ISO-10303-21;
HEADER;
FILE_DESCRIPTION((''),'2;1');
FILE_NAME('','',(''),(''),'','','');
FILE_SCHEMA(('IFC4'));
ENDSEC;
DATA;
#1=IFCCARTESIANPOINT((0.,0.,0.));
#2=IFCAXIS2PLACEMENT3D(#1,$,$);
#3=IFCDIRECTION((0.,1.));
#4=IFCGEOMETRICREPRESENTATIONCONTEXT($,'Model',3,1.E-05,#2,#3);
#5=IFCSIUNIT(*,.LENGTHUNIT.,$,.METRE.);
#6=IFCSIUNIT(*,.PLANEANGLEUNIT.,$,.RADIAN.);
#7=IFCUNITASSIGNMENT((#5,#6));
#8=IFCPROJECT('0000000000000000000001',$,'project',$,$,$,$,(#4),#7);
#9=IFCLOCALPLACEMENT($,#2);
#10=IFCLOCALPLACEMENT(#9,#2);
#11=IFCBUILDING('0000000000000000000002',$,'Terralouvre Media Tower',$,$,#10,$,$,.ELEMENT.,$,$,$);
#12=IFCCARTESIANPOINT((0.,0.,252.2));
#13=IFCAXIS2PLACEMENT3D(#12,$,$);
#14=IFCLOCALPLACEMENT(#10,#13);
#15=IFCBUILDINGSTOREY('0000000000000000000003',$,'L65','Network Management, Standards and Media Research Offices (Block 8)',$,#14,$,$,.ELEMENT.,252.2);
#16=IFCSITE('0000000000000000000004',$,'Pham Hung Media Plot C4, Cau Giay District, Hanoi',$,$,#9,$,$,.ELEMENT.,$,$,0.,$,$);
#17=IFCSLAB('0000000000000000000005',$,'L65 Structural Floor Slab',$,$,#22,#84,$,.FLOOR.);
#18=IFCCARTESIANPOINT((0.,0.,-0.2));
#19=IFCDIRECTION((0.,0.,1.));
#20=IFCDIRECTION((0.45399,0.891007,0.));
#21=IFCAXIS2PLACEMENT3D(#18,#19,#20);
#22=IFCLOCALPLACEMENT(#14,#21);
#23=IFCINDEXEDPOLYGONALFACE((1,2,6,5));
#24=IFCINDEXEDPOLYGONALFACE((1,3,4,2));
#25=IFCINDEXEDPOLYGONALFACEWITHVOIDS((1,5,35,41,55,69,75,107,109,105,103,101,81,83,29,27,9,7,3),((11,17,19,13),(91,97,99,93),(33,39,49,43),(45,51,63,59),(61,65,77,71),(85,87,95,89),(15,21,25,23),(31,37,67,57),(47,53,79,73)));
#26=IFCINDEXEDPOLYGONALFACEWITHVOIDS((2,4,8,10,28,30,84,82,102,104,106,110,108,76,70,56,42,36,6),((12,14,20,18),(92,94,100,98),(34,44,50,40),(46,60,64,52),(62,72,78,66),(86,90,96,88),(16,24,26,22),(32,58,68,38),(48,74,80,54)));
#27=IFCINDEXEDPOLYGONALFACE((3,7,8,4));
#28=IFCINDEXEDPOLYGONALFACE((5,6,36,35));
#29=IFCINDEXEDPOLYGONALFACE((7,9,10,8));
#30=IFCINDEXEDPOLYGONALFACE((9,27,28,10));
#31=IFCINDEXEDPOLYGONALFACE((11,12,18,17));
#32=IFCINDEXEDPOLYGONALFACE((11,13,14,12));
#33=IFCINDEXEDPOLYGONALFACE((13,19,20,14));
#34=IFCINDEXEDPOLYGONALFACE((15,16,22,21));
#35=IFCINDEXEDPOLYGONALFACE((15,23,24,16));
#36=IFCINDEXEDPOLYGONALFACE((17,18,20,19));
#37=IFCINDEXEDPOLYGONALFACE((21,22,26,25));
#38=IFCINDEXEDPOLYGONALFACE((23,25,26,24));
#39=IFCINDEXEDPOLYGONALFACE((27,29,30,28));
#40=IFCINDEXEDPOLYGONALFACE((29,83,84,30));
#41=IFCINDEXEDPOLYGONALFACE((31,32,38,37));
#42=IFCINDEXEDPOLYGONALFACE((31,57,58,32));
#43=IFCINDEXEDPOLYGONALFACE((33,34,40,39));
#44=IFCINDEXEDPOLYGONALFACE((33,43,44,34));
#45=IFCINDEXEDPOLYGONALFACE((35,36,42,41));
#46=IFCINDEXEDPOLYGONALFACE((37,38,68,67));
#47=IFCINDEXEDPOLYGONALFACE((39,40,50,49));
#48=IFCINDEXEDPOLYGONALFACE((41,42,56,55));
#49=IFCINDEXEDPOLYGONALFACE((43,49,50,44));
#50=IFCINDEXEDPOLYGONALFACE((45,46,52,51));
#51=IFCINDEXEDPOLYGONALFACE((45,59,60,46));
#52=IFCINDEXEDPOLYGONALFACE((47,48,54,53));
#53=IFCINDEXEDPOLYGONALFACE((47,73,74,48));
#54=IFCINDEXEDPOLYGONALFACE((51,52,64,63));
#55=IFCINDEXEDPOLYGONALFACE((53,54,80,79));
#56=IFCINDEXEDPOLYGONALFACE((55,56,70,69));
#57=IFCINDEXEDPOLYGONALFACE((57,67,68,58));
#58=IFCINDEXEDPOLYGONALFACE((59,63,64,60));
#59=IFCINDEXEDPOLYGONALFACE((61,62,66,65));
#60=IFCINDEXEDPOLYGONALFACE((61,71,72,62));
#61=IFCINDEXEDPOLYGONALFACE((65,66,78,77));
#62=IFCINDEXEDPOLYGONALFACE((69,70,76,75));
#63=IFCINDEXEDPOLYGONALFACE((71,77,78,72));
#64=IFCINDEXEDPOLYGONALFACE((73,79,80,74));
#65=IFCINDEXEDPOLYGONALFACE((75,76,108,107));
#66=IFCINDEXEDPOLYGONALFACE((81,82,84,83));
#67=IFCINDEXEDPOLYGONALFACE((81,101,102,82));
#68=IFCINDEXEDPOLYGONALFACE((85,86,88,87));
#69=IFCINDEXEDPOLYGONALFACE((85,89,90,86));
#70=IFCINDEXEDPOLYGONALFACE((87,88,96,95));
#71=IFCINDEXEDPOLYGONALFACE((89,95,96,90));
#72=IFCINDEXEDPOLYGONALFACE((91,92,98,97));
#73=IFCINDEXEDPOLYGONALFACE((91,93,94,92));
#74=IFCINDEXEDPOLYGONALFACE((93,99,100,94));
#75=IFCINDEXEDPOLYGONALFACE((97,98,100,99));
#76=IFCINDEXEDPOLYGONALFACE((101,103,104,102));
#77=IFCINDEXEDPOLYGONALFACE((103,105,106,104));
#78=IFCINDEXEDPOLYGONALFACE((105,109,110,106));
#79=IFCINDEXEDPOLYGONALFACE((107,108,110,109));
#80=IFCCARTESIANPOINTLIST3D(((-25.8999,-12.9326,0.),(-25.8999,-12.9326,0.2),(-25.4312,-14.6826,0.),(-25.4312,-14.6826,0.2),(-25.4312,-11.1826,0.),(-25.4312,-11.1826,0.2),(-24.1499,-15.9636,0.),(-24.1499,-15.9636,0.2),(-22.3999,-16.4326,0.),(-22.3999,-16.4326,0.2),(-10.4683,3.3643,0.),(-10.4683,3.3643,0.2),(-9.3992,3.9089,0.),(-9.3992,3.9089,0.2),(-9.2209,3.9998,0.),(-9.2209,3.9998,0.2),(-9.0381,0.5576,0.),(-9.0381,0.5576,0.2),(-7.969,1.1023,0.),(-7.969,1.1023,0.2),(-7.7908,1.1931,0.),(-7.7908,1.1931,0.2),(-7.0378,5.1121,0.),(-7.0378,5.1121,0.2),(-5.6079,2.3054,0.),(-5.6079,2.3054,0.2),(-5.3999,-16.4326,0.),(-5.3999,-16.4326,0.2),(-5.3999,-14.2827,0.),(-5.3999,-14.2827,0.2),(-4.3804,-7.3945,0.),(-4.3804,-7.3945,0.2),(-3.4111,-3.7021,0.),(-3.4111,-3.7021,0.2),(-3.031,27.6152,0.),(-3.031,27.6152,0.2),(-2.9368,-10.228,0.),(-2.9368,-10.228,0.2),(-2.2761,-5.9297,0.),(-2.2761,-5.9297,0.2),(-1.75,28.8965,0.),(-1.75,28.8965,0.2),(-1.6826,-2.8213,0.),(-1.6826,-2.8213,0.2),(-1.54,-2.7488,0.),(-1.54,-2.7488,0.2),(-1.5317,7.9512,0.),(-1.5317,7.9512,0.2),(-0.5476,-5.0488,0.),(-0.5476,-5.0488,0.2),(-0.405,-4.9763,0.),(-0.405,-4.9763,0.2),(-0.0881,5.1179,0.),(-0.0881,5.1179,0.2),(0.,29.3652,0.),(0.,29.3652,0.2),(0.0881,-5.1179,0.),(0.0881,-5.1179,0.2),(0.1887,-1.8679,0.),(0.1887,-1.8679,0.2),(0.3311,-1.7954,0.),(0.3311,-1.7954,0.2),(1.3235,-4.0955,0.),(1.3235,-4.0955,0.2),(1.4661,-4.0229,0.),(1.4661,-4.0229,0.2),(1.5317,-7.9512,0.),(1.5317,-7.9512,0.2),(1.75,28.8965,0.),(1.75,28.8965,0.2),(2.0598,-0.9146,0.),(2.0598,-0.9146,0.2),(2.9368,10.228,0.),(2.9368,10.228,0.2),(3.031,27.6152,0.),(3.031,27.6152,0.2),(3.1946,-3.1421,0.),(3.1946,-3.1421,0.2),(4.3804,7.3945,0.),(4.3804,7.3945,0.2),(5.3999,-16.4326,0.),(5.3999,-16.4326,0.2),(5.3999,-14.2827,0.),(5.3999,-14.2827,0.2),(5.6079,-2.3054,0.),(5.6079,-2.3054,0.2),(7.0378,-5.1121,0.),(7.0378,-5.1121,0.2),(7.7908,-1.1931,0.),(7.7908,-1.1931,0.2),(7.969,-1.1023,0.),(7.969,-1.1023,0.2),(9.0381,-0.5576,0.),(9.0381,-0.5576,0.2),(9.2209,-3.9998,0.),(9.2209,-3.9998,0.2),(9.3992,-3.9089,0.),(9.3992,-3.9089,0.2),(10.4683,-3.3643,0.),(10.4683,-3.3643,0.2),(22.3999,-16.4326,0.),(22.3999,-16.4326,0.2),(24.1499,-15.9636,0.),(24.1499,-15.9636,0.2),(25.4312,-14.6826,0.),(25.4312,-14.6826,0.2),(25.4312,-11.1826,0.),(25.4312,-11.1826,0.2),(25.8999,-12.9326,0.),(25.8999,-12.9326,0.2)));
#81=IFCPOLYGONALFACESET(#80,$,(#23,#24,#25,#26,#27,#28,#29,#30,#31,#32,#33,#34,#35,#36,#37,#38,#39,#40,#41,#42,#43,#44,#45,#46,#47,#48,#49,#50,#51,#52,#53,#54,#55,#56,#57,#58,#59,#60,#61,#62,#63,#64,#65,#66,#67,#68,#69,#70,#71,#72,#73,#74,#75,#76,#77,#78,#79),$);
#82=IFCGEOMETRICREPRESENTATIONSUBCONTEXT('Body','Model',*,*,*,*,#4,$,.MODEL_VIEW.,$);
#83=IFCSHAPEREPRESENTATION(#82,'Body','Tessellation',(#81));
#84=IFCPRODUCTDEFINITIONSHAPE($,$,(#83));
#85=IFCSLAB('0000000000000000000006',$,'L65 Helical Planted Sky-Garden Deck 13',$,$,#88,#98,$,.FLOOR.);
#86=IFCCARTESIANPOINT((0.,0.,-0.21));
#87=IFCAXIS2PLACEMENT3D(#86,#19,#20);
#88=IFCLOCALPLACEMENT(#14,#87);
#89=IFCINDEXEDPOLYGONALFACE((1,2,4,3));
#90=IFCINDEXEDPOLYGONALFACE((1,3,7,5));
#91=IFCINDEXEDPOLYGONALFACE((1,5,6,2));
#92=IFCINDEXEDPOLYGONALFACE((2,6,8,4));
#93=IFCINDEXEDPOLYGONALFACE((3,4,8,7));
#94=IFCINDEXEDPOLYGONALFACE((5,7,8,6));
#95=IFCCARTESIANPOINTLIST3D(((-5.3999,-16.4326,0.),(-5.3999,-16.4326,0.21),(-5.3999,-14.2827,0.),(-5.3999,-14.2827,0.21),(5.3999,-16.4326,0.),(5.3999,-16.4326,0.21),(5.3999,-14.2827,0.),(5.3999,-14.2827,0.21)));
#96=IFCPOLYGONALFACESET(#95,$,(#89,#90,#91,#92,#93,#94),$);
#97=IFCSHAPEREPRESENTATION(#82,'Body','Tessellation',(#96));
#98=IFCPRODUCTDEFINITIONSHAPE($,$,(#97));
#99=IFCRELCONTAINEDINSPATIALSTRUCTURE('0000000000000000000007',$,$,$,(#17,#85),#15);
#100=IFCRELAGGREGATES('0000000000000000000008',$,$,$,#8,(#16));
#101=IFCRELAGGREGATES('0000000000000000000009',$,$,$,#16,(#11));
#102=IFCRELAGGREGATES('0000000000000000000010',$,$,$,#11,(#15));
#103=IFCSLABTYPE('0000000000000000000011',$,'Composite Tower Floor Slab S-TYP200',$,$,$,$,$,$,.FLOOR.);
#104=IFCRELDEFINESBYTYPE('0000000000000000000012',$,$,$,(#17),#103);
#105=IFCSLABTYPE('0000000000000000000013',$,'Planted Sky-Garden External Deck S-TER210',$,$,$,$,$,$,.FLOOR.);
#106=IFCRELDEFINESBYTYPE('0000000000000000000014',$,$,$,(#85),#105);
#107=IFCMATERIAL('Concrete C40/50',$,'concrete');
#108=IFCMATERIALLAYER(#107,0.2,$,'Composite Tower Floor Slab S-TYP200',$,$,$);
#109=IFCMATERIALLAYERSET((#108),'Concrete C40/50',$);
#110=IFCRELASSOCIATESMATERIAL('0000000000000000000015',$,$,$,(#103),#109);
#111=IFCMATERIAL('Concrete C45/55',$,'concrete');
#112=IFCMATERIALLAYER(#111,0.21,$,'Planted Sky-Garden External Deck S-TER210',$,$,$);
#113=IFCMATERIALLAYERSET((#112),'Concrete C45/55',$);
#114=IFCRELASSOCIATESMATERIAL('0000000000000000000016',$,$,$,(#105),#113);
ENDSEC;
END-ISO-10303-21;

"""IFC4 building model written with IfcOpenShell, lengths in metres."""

from ifc_helpers import new_model, si_unit, direction, frame, origin, place, context, subcontext, project, spatial, polyline, outline, extrude, material, layer, layer_set, type_object, element, save


model = new_model("IFC4")

# Units and contexts
model_context = context("Model", 3, precision=1e-05, world=origin(), true_north=direction((0.0, 1.0)))
body_context = subcontext(model_context, "Body", "Model", "MODEL_VIEW")
ifc_project = project(units=[si_unit("LENGTHUNIT", "METRE"), si_unit("PLANEANGLEUNIT", "RADIAN")], contexts=[model_context])

# Site, building, storey
site_placement = place(None, origin())
site = spatial("IfcSite", under=ifc_project, at=site_placement, Name="Pham Hung Media Plot C4, Cau Giay District, Hanoi", CompositionType="ELEMENT", RefElevation=0.0)
building_placement = place(site_placement, origin())
building = spatial("IfcBuilding", under=site, at=building_placement, Name="Terralouvre Media Tower", CompositionType="ELEMENT")
storey_placement = place(building_placement, frame((0.0, 0.0, 252.2)))
storey = spatial("IfcBuildingStorey", under=building, at=storey_placement, Name="L65", Description="Network Management, Standards and Media Research Offices (Block 8)", CompositionType="ELEMENT", Elevation=252.2)

# Slabs
ifc_material_1 = material(Name="Concrete C40/50", Category="concrete")
ifc_layer_1 = layer(ifc_material_1, 0.2, Name="Composite Tower Floor Slab S-TYP200")
ifc_layer_set_1 = layer_set([ifc_layer_1], Name="Concrete C40/50")
slab_type_1 = type_object("IfcSlabType", Name="Composite Tower Floor Slab S-TYP200", PredefinedType="FLOOR", material=ifc_layer_set_1)
slab_1_placement = place(storey_placement, frame((0.0, 0.0, -0.2), z_axis=(0.0, 0.0, 1.0), x_axis=(0.45399, 0.891007, 0.0)))
element("IfcSlab", 1, at=slab_1_placement, inside=storey, type_object=slab_type_1, Name="L65 Structural Floor Slab", PredefinedType="FLOOR", context=body_context, shape_type="SweptSolid", body=[
    extrude(outline(polyline([(-22.3999, -16.4326), (-5.3999, -16.4326), (-5.3999, -14.2827), (5.3999, -14.2827), (5.3999, -16.4326), (22.3999, -16.4326), (24.1499, -15.9636), (25.4312, -14.6826), (25.8999, -12.9326), (25.4312, -11.1826), (3.031, 27.6152), (1.75, 28.8965), (0.0, 29.3652), (-1.75, 28.8965), (-3.031, 27.6152), (-25.4312, -11.1826), (-25.8999, -12.9326), (-25.4312, -14.6826), (-24.1499, -15.9636), (-22.3999, -16.4326)]), holes=[polyline([(-7.969, 1.1023), (-9.0381, 0.5576), (-10.4683, 3.3643), (-9.3992, 3.9089), (-7.969, 1.1023)]), polyline([(-5.6079, 2.3054), (-7.7908, 1.1931), (-9.2209, 3.9998), (-7.0378, 5.1121), (-5.6079, 2.3054)]), polyline([(-4.3804, -7.3945), (0.0881, -5.1179), (1.5317, -7.9512), (-2.9368, -10.228), (-4.3804, -7.3945)]), polyline([(-0.5476, -5.0488), (-2.2761, -5.9297), (-3.4111, -3.7021), (-1.6826, -2.8213), (-0.5476, -5.0488)]), polyline([(1.3235, -4.0955), (-0.405, -4.9763), (-1.54, -2.7488), (0.1887, -1.8679), (1.3235, -4.0955)]), polyline([(3.1946, -3.1421), (1.4661, -4.0229), (0.3311, -1.7954), (2.0598, -0.9146), (3.1946, -3.1421)]), polyline([(4.3804, 7.3945), (-0.0881, 5.1179), (-1.5317, 7.9512), (2.9368, 10.228), (4.3804, 7.3945)]), polyline([(7.0378, -5.1121), (5.6079, -2.3054), (7.7908, -1.1931), (9.2209, -3.9998), (7.0378, -5.1121)]), polyline([(9.3992, -3.9089), (7.969, -1.1023), (9.0381, -0.5576), (10.4683, -3.3643), (9.3992, -3.9089)])]), origin(), (0.0, 0.0, 1.0), 0.2),
])
ifc_material_2 = material(Name="Concrete C45/55", Category="concrete")
ifc_layer_2 = layer(ifc_material_2, 0.21, Name="Planted Sky-Garden External Deck S-TER210")
ifc_layer_set_2 = layer_set([ifc_layer_2], Name="Concrete C45/55")
slab_type_2 = type_object("IfcSlabType", Name="Planted Sky-Garden External Deck S-TER210", PredefinedType="FLOOR", material=ifc_layer_set_2)
slab_2_placement = place(storey_placement, frame((0.0, 0.0, -0.21), z_axis=(0.0, 0.0, 1.0), x_axis=(0.45399, 0.891007, 0.0)))
element("IfcSlab", 2, at=slab_2_placement, inside=storey, type_object=slab_type_2, Name="L65 Helical Planted Sky-Garden Deck 13", PredefinedType="FLOOR", context=body_context, shape_type="SweptSolid", body=[
    extrude(outline(polyline([(-5.3999, -16.4326), (5.3999, -16.4326), (5.3999, -14.2827), (-5.3999, -14.2827), (-5.3999, -16.4326)])), origin(), (0.0, 0.0, 1.0), 0.21),
])

save(model, "model.ifc")
